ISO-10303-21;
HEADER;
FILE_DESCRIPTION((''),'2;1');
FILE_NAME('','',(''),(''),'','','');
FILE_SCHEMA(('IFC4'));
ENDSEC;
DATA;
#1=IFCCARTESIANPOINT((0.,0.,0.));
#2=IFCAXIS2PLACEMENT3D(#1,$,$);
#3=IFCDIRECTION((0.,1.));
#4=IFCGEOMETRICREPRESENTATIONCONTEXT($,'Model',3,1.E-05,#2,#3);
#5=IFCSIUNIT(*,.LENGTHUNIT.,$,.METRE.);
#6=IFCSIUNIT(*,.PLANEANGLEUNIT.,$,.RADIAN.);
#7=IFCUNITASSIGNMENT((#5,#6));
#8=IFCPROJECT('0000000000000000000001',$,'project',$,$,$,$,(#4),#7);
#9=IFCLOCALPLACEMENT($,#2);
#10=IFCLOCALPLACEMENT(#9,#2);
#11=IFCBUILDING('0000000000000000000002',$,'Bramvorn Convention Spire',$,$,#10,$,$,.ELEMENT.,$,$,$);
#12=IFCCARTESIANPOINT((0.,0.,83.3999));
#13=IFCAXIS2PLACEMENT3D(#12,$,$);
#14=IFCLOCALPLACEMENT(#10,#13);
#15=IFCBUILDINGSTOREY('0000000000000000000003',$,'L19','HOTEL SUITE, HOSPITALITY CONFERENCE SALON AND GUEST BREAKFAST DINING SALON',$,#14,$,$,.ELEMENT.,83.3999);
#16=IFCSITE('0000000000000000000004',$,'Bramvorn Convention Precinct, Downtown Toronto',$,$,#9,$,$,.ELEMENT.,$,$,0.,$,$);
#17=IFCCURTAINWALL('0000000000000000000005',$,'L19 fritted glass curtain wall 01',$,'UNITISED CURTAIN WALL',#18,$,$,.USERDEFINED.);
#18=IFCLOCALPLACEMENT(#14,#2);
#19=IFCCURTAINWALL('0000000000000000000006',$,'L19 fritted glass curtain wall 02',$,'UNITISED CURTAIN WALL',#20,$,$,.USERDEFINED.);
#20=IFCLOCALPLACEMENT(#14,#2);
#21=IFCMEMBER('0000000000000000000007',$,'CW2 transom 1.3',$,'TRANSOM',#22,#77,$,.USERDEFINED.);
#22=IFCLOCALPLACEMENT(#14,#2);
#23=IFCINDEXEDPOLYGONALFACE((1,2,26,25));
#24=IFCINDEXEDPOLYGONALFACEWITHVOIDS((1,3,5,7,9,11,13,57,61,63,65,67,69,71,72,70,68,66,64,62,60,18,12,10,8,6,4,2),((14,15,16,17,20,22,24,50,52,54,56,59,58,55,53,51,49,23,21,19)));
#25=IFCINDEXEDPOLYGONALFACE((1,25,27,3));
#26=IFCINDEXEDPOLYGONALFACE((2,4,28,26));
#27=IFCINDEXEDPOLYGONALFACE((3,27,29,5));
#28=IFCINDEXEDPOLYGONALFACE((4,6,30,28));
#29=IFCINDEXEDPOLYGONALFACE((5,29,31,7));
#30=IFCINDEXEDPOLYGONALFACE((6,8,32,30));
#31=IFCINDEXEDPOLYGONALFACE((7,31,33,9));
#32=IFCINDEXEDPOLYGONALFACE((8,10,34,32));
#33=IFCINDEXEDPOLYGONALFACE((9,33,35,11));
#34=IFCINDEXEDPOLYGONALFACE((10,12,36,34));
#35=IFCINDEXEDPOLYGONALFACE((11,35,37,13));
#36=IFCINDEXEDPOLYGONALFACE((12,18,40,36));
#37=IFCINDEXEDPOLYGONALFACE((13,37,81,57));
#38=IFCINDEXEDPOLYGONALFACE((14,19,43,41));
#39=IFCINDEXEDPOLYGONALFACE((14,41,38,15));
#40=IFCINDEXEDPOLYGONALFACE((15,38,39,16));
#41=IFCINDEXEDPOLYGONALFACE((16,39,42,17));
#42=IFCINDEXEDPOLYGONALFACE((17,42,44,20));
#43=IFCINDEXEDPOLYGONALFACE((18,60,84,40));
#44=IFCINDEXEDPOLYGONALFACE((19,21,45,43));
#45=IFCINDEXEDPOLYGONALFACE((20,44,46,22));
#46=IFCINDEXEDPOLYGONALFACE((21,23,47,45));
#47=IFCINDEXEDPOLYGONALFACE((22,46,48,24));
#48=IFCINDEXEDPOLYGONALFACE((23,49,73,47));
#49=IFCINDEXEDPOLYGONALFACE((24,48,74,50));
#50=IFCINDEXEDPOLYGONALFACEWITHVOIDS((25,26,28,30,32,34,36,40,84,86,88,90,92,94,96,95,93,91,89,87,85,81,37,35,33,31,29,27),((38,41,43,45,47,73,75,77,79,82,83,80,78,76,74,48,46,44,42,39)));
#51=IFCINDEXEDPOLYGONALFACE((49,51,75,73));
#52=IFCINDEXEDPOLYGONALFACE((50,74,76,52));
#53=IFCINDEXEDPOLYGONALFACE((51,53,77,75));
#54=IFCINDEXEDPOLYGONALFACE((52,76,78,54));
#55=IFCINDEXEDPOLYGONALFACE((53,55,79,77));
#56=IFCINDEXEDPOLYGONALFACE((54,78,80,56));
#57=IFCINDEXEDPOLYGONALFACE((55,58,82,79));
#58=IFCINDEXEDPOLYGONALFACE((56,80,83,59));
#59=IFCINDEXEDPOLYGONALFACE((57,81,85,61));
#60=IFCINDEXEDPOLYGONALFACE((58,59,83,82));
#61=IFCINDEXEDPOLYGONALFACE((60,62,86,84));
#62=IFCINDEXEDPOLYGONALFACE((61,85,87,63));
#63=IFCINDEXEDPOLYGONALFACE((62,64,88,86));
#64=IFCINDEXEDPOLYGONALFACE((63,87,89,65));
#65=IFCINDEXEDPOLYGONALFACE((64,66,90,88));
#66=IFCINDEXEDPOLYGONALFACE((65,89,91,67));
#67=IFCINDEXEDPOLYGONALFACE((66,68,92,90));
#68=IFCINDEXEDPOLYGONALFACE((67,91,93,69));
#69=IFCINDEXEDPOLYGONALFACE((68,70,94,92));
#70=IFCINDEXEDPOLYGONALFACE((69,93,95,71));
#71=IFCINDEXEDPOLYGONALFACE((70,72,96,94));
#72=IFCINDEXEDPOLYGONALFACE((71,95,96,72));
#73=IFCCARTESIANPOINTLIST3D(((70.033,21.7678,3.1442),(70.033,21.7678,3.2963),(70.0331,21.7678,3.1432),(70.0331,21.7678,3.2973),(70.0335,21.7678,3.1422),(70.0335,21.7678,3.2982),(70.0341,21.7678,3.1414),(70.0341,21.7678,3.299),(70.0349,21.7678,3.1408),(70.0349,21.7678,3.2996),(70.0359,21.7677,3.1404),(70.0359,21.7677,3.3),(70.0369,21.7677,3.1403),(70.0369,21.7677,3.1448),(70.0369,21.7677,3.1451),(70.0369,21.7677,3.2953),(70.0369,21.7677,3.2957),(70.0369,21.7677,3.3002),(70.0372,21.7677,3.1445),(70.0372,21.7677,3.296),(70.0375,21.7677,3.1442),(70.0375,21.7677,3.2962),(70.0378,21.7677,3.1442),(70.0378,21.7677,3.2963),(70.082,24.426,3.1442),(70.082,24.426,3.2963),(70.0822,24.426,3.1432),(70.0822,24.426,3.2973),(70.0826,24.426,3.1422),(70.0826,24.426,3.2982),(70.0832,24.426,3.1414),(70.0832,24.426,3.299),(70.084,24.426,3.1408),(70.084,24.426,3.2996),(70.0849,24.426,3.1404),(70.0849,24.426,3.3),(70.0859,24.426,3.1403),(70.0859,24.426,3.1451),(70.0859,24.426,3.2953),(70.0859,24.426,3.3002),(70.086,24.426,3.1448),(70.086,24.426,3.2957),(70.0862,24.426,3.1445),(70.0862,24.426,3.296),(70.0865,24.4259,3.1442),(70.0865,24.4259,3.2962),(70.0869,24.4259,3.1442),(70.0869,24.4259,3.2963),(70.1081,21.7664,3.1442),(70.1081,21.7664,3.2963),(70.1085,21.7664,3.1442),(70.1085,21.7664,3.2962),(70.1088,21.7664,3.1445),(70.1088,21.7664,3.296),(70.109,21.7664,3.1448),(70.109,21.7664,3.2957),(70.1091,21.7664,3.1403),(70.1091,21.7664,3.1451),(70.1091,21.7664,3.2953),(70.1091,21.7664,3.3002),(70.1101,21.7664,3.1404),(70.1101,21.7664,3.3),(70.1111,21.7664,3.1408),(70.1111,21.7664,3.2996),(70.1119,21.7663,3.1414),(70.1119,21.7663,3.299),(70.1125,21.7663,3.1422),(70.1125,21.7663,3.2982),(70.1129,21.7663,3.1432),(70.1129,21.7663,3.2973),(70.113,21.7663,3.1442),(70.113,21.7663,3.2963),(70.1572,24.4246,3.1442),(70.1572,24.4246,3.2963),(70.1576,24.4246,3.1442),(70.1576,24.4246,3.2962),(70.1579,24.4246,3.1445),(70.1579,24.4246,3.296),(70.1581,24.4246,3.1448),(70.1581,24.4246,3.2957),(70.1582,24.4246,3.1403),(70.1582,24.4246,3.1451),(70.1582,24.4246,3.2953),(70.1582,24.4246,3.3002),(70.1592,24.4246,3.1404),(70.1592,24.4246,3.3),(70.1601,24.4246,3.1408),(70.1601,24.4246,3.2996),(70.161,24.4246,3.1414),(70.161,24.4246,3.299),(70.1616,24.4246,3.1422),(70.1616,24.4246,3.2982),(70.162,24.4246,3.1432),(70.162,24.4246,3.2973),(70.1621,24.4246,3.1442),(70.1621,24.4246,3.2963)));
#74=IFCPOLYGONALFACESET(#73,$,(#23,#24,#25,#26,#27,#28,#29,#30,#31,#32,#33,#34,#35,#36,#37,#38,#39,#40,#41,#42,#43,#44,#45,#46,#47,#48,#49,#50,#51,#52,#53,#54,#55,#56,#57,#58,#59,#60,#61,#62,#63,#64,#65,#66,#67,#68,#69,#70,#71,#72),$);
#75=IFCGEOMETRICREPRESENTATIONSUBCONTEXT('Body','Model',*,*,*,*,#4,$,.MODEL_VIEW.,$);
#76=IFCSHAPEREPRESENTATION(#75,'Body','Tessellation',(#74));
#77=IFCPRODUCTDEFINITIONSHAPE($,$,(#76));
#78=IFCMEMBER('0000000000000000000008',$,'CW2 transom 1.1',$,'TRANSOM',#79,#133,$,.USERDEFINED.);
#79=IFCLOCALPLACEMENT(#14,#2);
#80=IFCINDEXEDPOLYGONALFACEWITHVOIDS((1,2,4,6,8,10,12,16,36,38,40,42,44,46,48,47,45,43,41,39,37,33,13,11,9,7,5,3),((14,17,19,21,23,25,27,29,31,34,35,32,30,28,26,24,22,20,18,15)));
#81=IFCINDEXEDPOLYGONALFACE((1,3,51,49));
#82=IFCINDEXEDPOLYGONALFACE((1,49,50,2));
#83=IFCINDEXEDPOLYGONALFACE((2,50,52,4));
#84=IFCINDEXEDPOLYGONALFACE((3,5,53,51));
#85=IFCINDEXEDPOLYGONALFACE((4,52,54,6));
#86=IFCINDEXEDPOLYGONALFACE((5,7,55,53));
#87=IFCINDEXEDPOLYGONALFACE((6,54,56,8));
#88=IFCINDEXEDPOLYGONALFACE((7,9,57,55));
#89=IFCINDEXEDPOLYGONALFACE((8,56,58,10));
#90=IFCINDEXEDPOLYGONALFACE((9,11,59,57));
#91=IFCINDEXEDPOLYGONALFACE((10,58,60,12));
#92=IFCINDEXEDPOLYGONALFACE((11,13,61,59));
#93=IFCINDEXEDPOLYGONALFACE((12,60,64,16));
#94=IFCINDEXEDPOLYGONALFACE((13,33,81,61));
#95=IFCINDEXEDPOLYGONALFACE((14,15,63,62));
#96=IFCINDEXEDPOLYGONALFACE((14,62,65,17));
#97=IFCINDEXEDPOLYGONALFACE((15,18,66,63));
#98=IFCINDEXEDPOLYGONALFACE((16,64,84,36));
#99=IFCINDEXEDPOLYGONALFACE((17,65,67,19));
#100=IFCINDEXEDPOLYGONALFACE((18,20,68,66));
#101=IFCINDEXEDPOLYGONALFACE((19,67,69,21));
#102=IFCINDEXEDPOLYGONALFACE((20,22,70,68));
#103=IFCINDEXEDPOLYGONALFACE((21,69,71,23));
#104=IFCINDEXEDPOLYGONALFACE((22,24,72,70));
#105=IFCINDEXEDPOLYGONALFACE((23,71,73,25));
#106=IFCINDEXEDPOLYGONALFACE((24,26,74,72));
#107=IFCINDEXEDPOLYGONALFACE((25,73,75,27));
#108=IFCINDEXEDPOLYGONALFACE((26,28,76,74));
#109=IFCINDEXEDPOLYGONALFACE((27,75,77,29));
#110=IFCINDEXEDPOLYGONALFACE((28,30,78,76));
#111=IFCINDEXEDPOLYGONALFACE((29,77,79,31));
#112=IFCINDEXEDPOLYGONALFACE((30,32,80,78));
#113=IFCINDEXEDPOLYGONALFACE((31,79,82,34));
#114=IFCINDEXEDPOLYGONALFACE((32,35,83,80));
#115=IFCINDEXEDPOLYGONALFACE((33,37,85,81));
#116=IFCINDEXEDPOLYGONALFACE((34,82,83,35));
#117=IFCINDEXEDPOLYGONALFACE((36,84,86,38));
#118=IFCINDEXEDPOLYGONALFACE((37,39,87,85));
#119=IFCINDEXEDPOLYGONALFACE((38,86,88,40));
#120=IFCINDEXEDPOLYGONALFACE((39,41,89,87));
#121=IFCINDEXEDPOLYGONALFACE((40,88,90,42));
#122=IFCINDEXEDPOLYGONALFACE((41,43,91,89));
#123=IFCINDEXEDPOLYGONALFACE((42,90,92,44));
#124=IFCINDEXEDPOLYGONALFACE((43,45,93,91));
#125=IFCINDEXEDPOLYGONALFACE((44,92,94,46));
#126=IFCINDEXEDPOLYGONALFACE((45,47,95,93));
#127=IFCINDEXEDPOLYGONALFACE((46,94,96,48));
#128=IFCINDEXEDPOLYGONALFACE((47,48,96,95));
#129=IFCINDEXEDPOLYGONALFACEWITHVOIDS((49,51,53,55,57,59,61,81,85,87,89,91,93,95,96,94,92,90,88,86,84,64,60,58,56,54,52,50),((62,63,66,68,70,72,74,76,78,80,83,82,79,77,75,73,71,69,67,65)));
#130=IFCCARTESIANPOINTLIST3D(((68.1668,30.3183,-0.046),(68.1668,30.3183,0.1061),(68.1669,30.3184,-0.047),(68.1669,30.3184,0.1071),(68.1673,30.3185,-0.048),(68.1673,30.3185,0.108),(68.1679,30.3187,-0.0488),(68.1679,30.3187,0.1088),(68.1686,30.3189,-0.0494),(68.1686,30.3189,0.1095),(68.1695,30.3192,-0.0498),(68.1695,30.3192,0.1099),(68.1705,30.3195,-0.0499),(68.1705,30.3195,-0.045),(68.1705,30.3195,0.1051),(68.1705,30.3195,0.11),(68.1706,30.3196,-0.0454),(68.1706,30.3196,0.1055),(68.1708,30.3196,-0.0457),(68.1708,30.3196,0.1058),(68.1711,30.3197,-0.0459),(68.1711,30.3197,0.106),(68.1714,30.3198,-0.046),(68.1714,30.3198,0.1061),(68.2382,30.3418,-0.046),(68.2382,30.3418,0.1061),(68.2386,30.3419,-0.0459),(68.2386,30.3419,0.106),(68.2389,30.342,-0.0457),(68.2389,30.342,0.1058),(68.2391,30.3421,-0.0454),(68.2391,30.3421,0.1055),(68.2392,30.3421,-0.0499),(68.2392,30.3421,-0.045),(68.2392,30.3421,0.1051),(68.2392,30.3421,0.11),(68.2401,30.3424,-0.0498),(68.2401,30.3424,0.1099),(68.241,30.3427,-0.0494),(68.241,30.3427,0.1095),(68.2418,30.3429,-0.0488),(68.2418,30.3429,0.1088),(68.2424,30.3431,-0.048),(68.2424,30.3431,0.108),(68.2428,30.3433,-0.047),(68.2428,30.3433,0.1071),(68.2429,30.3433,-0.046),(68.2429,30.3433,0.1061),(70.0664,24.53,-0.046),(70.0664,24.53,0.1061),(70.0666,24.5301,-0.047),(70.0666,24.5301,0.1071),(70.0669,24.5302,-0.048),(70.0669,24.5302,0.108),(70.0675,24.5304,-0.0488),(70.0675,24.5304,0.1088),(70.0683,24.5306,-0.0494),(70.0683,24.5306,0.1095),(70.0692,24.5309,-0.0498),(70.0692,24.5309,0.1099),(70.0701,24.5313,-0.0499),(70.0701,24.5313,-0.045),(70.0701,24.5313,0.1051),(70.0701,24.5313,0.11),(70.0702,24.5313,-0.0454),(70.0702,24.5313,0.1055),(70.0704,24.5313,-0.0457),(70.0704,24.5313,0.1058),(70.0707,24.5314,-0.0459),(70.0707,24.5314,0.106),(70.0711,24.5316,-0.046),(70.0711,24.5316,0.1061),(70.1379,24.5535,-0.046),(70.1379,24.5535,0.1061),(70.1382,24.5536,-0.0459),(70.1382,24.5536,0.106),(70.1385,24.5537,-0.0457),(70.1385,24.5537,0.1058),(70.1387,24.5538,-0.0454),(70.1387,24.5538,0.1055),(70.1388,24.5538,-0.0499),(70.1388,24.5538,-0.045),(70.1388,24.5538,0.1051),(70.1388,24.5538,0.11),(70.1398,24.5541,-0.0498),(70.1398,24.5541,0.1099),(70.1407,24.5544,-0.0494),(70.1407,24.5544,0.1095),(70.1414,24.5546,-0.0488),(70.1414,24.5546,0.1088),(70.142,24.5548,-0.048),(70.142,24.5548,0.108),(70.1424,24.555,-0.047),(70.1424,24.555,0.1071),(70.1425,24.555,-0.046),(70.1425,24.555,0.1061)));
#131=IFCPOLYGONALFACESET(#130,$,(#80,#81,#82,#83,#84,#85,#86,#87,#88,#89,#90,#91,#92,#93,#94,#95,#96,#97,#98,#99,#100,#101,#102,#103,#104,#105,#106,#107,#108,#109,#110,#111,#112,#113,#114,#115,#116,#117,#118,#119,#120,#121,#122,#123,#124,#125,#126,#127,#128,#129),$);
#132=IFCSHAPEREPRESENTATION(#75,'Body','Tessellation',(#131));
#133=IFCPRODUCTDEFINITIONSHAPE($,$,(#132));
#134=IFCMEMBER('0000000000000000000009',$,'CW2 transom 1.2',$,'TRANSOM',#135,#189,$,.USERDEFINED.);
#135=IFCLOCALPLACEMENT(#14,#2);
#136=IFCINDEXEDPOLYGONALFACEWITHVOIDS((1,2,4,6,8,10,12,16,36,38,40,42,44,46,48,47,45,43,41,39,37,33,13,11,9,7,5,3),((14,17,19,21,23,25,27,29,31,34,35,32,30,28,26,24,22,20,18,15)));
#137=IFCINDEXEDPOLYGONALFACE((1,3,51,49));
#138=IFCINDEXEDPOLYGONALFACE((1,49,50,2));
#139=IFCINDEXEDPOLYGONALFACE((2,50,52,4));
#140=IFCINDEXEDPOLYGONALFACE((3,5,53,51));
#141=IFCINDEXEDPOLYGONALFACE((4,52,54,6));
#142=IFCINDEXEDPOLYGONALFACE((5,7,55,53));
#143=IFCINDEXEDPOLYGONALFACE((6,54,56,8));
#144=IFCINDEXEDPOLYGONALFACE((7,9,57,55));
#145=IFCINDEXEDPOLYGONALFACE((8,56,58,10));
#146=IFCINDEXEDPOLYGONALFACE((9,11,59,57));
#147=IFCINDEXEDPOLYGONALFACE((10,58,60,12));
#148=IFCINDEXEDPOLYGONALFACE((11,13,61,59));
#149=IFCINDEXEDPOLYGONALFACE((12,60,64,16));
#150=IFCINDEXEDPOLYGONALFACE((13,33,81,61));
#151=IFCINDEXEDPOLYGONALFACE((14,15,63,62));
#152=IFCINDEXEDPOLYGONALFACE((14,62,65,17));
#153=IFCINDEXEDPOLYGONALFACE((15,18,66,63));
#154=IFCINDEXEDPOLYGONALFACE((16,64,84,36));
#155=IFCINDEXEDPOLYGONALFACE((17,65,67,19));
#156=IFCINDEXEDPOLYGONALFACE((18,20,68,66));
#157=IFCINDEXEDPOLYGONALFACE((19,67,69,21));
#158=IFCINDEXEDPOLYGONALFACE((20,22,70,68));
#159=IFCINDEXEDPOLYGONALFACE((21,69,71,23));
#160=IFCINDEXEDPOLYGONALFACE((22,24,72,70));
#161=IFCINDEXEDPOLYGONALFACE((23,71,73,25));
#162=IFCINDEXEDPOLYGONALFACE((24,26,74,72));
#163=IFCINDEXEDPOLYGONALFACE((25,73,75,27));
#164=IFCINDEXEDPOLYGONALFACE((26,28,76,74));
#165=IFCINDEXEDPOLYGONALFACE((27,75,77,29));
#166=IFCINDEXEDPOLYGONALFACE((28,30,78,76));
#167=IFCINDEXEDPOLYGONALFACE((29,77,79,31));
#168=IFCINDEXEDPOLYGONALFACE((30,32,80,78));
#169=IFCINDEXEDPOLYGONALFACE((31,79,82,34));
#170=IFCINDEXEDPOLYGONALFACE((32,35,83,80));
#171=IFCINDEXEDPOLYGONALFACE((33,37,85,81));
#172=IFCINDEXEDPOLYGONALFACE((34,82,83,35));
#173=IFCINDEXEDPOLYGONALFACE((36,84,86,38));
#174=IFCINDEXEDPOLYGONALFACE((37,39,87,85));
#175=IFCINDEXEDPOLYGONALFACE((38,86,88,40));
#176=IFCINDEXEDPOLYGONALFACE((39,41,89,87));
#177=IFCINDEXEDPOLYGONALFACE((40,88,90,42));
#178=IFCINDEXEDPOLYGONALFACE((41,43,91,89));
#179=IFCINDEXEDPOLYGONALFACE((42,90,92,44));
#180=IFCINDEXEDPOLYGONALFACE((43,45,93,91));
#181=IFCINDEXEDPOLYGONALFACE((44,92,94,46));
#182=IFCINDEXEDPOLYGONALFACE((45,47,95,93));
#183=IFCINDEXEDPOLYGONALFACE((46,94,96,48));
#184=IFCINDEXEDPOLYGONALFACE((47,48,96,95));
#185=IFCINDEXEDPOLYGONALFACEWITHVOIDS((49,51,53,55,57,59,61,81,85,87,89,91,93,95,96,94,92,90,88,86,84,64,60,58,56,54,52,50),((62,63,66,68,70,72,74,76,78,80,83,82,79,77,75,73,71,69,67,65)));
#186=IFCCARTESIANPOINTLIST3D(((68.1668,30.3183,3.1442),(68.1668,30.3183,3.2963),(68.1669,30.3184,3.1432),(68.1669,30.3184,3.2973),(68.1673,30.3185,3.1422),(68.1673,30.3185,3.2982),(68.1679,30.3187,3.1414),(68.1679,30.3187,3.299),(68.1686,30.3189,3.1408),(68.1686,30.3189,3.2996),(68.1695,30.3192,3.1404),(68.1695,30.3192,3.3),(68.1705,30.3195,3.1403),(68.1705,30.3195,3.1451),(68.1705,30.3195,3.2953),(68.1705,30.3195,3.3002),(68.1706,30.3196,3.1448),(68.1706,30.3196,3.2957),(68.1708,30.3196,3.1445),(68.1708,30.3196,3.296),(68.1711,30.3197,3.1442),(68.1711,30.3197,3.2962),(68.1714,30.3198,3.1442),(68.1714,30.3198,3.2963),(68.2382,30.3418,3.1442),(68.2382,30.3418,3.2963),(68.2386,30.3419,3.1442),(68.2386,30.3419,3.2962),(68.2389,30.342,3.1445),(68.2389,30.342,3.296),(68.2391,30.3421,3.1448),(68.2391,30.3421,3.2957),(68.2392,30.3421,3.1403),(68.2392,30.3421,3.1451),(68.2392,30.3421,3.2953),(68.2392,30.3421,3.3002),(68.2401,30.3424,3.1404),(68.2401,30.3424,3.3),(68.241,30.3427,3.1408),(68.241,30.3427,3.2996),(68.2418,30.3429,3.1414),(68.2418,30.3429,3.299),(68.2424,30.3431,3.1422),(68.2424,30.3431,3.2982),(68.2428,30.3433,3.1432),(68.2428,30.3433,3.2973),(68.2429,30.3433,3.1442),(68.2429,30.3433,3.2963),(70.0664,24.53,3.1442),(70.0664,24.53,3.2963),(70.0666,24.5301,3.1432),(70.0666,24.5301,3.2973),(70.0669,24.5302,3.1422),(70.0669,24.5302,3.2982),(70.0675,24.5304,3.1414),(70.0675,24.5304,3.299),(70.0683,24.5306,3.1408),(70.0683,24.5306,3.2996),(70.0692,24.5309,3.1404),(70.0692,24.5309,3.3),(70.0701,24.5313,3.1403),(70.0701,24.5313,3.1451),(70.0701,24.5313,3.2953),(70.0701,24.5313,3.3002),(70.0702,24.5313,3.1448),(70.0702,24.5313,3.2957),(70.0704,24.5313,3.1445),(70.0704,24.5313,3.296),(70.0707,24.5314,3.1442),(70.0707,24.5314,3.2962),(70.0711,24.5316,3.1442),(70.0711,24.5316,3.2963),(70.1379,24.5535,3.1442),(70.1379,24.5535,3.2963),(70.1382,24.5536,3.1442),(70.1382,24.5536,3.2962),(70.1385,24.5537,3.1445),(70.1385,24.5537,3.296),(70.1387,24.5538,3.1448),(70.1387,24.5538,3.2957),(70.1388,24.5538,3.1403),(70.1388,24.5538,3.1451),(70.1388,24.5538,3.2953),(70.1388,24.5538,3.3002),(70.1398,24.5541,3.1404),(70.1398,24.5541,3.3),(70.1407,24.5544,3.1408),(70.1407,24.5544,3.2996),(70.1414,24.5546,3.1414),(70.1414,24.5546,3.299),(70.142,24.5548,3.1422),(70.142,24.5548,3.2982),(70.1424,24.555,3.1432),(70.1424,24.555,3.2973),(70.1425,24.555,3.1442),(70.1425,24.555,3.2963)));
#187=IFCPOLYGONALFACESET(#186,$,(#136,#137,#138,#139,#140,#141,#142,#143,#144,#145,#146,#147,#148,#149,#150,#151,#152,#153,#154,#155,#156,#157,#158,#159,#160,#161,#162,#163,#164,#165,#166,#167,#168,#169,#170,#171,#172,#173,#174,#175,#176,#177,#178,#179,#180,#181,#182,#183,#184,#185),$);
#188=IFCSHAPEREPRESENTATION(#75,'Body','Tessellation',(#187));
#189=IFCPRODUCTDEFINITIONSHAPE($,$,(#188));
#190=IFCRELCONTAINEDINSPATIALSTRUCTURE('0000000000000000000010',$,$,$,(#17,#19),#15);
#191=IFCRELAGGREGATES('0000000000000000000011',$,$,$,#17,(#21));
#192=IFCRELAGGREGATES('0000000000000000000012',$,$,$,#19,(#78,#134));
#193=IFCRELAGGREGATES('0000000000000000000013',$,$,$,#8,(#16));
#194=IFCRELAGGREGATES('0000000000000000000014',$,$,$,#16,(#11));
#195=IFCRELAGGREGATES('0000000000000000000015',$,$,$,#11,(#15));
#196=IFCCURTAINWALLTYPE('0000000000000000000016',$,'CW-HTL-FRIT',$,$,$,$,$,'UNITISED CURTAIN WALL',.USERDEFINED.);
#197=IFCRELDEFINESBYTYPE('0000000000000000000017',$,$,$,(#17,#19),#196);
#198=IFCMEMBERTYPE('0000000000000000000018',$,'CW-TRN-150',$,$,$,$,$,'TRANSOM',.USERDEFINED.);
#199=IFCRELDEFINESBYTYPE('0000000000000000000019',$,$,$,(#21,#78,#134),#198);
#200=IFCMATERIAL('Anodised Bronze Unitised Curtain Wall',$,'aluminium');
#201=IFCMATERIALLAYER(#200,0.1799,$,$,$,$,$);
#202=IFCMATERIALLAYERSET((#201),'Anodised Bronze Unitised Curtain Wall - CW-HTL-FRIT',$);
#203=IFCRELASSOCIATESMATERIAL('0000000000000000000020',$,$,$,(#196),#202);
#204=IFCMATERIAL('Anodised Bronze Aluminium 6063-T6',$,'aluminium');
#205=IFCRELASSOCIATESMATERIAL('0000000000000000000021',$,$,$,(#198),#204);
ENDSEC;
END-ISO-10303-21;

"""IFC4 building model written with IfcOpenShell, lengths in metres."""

from ifc_helpers import new_model, si_unit, direction, frame, origin, origin_2d, place, context, subcontext, project, spatial, hollow_rectangle, extrude, material, layer, layer_set, material_profile, profile_set, type_object, element, aggregate, save


model = new_model("IFC4")

# Units and contexts
model_context = context("Model", 3, precision=1e-05, world=origin(), true_north=direction((0.0, 1.0)))
body_context = subcontext(model_context, "Body", "Model", "MODEL_VIEW")
ifc_project = project(units=[si_unit("LENGTHUNIT", "METRE"), si_unit("PLANEANGLEUNIT", "RADIAN")], contexts=[model_context])

# Site, building, storey
site_placement = place(None, origin())
site = spatial("IfcSite", under=ifc_project, at=site_placement, Name="Bramvorn Convention Precinct, Downtown Toronto", CompositionType="ELEMENT", RefElevation=0.0)
building_placement = place(site_placement, origin())
building = spatial("IfcBuilding", under=site, at=building_placement, Name="Bramvorn Convention Spire", CompositionType="ELEMENT")
storey_placement = place(building_placement, frame((0.0, 0.0, 83.3999)))
storey = spatial("IfcBuildingStorey", under=building, at=storey_placement, Name="L19", Description="HOTEL SUITE, HOSPITALITY CONFERENCE SALON AND GUEST BREAKFAST DINING SALON", CompositionType="ELEMENT", Elevation=83.3999)

# Curtain wall
ifc_material_1 = material(Name="Anodised Bronze Unitised Curtain Wall", Category="aluminium")
ifc_layer_1 = layer(ifc_material_1, 0.1799)
ifc_layer_set_1 = layer_set([ifc_layer_1], Name="Anodised Bronze Unitised Curtain Wall - CW-HTL-FRIT")
curtain_wall_type = type_object("IfcCurtainWallType", Name="CW-HTL-FRIT", ElementType="UNITISED CURTAIN WALL", PredefinedType="USERDEFINED", material=ifc_layer_set_1)
curtain_wall_1_placement = place(storey_placement, origin())
curtain_wall_1 = element("IfcCurtainWall", 1, at=curtain_wall_1_placement, inside=storey, type_object=curtain_wall_type, Name="L19 fritted glass curtain wall 01", ObjectType="UNITISED CURTAIN WALL", PredefinedType="USERDEFINED")
ifc_material_2 = material(Name="Anodised Bronze Aluminium 6063-T6", Category="aluminium")

# Curtain wall
curtain_wall_2_placement = place(storey_placement, origin())
curtain_wall_2 = element("IfcCurtainWall", 2, at=curtain_wall_2_placement, inside=storey, type_object=curtain_wall_type, Name="L19 fritted glass curtain wall 02", ObjectType="UNITISED CURTAIN WALL", PredefinedType="USERDEFINED")

# Members
ifc_material_profile_1 = material_profile(ifc_material_2, hollow_rectangle(XDim=0.0801, YDim=0.1599, WallThickness=0.0039, InnerFilletRadius=0.001, OuterFilletRadius=0.0039, at=origin_2d()))
ifc_profile_set_1 = profile_set([ifc_material_profile_1], Name="Anodised Bronze Aluminium 6063-T6 - CWT80X160")
member_type_1 = type_object("IfcMemberType", Name="CW-TRN-150", ElementType="TRANSOM", PredefinedType="USERDEFINED", material=ifc_profile_set_1)
member_1_placement = place(storey_placement, frame((70.1221, 24.4253, 3.2202), z_axis=(-0.018458, -0.99983, 0.0), x_axis=(0.99983, -0.018458, 0.0)))
member_1 = element("IfcMember", 3, at=member_1_placement, type_object=member_type_1, Name="CW2 transom 1.3", ObjectType="TRANSOM", PredefinedType="USERDEFINED", context=body_context, shape_type="SweptSolid", body=[
    extrude(hollow_rectangle(XDim=0.0801, YDim=0.1599, WallThickness=0.0039, InnerFilletRadius=0.001, OuterFilletRadius=0.0039, at=origin_2d()), origin(), (0.0, 0.0, 1.0), 2.6587),
])
member_2_placement = place(storey_placement, frame((68.2048, 30.3308, 0.03), z_axis=(0.311824, -0.95014, 0.0), x_axis=(0.95014, 0.311824, 0.0)))
member_2 = element("IfcMember", 4, at=member_2_placement, type_object=member_type_1, Name="CW2 transom 1.1", ObjectType="TRANSOM", PredefinedType="USERDEFINED", context=body_context, shape_type="SweptSolid", body=[
    extrude(hollow_rectangle(XDim=0.0801, YDim=0.1599, WallThickness=0.0039, InnerFilletRadius=0.001, OuterFilletRadius=0.0039, at=origin_2d()), origin(), (0.0, 0.0, 1.0), 6.092),
])
member_3_placement = place(storey_placement, frame((68.2048, 30.3308, 3.2202), z_axis=(0.311824, -0.95014, 0.0), x_axis=(0.95014, 0.311824, 0.0)))
member_3 = element("IfcMember", 5, at=member_3_placement, type_object=member_type_1, Name="CW2 transom 1.2", ObjectType="TRANSOM", PredefinedType="USERDEFINED", context=body_context, shape_type="SweptSolid", body=[
    extrude(hollow_rectangle(XDim=0.0801, YDim=0.1599, WallThickness=0.0039, InnerFilletRadius=0.001, OuterFilletRadius=0.0039, at=origin_2d()), origin(), (0.0, 0.0, 1.0), 6.092),
])

aggregate(curtain_wall_1, [member_1])
aggregate(curtain_wall_2, [member_2, member_3])

save(model, "model.ifc")
